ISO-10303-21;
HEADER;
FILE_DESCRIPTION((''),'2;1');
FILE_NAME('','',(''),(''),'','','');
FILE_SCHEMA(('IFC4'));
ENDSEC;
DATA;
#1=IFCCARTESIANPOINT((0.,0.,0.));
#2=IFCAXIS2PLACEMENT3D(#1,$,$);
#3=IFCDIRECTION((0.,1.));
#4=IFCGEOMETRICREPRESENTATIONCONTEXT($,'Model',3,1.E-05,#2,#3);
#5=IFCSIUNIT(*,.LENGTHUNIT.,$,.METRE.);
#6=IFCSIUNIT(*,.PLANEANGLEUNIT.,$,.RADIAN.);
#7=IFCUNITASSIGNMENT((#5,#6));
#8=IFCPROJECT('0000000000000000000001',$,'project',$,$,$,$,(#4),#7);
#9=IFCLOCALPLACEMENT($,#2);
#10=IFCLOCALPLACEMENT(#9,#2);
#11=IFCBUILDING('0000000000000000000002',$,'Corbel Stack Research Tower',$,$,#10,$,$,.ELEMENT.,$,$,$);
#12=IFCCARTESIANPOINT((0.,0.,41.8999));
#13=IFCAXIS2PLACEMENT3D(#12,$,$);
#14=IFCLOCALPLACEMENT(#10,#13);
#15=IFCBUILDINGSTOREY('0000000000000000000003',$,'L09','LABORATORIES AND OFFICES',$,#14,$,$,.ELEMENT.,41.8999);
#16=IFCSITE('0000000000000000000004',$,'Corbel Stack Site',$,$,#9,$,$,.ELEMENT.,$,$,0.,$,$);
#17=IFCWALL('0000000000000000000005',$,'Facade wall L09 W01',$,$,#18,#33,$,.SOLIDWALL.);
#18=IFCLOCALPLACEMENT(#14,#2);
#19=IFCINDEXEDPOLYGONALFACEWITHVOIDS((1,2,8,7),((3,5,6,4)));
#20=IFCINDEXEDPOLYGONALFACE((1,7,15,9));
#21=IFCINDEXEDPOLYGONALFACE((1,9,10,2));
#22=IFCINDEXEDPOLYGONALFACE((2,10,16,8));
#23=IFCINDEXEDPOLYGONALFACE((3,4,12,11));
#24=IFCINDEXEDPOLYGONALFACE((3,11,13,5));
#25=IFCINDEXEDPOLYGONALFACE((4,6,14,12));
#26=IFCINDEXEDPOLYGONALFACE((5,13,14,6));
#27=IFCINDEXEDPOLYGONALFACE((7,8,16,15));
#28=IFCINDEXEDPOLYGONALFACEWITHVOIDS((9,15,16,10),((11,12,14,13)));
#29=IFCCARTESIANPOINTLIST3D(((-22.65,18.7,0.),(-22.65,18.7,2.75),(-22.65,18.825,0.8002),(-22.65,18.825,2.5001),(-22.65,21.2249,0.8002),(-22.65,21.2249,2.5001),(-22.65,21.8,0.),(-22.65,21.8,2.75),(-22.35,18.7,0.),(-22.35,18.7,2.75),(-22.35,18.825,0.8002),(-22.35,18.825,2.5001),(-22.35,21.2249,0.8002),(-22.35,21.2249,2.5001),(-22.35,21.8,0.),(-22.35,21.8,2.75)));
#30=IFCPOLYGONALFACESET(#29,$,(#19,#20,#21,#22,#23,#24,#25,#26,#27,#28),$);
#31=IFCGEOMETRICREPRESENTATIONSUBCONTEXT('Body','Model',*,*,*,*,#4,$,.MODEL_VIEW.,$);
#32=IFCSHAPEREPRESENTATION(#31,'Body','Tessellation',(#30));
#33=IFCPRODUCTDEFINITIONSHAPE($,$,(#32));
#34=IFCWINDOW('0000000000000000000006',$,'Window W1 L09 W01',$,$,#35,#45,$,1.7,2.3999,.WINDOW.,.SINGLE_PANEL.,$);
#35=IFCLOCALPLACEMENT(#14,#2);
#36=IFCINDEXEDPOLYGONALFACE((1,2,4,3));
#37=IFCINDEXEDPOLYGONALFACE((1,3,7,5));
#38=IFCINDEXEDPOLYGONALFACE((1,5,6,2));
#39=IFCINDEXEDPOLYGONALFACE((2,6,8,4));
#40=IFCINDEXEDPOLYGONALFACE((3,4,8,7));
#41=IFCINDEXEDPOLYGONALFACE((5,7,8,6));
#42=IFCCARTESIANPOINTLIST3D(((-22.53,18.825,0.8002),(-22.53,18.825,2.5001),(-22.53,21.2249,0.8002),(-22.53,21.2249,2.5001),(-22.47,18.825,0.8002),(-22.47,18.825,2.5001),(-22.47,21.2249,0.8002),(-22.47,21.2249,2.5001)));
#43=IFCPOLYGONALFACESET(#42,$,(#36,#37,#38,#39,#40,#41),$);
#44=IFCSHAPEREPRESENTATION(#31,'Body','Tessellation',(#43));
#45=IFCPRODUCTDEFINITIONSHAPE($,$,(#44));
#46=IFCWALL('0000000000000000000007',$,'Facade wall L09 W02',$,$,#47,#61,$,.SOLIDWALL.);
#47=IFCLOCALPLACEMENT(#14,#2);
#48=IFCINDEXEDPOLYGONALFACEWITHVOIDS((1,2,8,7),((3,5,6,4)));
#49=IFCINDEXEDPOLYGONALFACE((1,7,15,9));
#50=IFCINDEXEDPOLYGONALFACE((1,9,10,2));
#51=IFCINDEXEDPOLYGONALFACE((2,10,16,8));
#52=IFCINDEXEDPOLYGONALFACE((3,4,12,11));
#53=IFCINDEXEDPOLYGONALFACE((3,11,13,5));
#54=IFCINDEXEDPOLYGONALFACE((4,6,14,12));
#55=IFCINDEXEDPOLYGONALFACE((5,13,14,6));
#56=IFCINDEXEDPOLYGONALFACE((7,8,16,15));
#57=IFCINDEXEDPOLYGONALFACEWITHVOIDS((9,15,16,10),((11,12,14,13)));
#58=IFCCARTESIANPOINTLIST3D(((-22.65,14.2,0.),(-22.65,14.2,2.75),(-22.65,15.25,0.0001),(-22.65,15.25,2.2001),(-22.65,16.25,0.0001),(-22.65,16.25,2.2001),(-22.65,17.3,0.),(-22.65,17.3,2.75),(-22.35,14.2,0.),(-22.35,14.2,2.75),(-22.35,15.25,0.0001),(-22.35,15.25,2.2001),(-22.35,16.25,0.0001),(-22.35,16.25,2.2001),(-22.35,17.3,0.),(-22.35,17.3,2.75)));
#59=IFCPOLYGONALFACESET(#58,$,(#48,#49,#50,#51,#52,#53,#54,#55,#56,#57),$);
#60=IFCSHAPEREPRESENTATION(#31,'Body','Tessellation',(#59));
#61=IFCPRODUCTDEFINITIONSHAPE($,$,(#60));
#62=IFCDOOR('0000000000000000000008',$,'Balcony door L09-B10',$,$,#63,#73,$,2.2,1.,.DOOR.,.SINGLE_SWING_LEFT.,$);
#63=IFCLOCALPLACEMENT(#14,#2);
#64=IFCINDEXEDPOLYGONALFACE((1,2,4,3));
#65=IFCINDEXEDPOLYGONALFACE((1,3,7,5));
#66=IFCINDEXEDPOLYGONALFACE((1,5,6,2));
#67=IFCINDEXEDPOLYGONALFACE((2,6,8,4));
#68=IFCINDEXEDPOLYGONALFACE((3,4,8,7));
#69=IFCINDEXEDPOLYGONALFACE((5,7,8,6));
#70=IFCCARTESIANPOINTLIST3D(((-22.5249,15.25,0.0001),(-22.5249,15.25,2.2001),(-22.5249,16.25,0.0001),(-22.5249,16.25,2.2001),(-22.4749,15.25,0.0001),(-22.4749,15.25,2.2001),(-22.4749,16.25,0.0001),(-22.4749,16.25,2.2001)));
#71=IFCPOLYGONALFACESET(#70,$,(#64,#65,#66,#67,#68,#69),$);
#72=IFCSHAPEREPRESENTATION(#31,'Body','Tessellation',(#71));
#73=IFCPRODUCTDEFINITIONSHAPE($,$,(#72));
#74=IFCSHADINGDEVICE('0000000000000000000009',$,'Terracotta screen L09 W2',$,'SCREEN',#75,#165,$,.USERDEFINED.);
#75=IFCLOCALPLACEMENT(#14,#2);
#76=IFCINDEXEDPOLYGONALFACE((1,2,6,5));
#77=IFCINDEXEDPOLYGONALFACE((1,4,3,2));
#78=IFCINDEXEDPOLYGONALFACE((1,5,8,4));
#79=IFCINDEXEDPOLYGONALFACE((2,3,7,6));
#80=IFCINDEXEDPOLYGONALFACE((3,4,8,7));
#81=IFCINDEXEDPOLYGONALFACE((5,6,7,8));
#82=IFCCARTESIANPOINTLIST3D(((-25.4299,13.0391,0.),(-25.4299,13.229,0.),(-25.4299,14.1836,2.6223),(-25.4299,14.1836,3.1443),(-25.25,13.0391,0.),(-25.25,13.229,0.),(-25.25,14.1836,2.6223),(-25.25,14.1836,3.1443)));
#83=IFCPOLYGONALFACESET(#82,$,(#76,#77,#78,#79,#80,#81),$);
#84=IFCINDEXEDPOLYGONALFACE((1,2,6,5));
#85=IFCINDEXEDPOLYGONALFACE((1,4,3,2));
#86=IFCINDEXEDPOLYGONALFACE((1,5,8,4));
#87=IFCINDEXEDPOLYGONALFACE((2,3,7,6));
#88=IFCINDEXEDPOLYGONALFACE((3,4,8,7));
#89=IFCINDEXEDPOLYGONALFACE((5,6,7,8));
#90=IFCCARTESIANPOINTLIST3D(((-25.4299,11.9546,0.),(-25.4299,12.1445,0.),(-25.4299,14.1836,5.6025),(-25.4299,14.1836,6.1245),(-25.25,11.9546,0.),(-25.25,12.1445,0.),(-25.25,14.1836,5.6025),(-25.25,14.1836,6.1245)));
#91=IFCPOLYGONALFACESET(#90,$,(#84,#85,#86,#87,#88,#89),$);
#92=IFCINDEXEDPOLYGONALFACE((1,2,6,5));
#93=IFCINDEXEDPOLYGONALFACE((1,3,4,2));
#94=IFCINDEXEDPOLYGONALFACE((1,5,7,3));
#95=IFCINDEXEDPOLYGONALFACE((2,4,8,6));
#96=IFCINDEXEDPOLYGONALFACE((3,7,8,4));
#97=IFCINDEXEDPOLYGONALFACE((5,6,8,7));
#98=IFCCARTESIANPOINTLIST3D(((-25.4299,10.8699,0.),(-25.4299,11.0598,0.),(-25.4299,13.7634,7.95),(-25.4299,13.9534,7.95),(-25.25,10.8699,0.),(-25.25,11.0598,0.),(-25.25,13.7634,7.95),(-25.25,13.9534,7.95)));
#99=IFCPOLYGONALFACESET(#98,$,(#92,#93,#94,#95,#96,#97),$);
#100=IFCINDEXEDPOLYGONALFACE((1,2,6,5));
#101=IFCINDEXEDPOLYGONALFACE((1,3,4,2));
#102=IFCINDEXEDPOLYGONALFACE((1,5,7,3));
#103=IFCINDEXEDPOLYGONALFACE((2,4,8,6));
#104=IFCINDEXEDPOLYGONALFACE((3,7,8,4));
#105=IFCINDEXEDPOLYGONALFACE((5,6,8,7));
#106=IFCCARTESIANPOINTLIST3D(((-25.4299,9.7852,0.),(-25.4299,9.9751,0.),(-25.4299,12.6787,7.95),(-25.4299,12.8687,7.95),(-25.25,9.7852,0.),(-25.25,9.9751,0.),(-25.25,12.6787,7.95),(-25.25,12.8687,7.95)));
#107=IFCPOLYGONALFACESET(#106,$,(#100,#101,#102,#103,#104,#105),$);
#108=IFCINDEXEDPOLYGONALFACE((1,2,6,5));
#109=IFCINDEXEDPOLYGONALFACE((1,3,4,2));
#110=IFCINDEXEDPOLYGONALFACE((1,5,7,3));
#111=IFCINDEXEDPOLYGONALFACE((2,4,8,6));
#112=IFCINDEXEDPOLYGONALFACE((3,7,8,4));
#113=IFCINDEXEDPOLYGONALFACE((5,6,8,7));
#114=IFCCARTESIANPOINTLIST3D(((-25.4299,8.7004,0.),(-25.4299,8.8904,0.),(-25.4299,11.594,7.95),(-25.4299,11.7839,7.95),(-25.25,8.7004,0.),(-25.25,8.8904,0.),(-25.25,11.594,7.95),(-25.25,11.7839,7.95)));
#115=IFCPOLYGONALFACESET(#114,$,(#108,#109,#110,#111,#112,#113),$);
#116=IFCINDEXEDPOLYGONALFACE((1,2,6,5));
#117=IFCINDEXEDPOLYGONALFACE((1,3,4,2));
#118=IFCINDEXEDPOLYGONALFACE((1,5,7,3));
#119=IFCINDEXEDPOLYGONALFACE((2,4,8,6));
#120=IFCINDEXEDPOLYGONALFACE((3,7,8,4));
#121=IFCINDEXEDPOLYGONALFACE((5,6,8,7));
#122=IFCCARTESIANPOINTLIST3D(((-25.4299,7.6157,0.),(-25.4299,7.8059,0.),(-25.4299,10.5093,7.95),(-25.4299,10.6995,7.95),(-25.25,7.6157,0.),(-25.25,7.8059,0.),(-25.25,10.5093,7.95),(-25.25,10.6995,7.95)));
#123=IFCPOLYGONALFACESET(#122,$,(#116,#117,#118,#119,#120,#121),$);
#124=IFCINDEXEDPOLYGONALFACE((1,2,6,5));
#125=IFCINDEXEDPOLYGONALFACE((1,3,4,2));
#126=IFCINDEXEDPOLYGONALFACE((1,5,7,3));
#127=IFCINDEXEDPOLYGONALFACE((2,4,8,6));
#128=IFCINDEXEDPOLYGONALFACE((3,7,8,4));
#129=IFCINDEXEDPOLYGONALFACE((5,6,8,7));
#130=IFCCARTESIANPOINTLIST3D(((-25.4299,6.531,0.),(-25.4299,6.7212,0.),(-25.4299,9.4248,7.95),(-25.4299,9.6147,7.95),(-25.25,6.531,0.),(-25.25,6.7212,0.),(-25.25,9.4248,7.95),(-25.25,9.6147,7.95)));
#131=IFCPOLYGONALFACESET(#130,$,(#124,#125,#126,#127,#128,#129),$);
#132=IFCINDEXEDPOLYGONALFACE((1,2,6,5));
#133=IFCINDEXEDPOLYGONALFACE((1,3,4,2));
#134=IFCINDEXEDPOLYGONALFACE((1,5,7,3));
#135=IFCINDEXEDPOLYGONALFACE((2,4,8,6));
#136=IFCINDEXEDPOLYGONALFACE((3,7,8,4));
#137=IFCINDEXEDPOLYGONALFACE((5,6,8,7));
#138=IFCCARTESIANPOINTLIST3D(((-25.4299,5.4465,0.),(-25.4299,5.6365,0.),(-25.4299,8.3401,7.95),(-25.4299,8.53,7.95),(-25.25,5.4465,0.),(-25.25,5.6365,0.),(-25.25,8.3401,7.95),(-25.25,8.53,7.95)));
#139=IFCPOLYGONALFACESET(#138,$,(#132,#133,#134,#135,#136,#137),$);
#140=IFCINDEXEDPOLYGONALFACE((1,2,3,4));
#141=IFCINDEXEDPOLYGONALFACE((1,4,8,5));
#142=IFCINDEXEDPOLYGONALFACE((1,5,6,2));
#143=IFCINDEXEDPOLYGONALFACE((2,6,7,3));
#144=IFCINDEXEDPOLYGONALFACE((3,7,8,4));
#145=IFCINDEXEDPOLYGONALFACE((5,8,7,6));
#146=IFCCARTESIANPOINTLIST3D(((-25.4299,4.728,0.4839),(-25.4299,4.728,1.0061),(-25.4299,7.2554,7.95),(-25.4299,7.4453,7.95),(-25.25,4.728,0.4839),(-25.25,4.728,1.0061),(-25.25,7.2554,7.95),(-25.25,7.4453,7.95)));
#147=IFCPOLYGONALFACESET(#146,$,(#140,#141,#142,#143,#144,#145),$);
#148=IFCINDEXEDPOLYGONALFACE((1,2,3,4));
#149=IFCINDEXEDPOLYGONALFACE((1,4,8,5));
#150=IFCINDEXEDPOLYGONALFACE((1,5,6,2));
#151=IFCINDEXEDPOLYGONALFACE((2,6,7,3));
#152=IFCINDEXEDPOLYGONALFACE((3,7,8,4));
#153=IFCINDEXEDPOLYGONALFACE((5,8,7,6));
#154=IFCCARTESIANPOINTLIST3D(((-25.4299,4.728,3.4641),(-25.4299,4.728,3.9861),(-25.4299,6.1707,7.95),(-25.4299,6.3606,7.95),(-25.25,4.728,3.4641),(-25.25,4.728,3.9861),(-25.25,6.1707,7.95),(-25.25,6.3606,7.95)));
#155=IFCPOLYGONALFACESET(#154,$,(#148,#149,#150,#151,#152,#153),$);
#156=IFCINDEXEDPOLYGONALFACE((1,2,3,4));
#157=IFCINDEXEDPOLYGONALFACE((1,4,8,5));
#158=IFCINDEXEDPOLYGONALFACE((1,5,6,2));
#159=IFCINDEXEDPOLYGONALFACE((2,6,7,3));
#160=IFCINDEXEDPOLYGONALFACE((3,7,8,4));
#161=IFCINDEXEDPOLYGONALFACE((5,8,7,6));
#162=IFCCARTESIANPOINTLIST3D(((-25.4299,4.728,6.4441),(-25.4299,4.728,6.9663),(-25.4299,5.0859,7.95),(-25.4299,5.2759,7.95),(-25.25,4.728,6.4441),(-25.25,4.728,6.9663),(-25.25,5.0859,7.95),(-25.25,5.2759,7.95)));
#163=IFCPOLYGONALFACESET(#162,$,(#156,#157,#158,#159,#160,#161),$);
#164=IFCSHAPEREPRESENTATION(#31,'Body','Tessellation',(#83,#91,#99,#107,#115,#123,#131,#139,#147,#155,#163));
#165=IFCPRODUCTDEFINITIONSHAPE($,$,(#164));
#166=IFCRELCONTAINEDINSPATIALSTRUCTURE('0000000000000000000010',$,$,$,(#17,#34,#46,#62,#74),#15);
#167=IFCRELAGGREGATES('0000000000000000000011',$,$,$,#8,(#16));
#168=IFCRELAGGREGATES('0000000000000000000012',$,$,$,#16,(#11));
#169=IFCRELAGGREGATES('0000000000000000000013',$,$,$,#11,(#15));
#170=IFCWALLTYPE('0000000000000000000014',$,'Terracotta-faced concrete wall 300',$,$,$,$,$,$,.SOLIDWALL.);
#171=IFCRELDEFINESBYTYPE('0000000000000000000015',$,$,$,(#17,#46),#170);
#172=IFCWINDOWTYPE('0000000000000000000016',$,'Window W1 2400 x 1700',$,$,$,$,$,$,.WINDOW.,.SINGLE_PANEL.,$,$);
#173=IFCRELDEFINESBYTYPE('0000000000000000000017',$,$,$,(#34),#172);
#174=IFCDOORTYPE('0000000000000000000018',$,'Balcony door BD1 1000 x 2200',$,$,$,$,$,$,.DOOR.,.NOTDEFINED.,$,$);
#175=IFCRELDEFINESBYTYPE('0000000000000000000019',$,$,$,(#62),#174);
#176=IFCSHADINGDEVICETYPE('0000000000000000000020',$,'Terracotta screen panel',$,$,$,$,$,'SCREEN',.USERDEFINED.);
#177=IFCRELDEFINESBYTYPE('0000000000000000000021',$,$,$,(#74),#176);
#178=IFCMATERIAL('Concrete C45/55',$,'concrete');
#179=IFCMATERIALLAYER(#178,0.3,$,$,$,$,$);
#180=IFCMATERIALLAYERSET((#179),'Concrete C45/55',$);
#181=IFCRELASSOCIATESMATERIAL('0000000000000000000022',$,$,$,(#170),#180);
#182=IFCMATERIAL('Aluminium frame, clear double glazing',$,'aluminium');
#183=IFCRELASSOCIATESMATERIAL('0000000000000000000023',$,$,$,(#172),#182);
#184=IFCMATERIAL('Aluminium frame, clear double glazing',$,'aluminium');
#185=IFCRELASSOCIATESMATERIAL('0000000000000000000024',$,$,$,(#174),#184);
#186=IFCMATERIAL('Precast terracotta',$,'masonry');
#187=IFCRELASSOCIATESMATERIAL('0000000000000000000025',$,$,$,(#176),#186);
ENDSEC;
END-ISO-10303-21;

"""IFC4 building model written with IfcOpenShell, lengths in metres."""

from ifc_helpers import new_model, si_unit, direction, frame, frame_2d, origin, place, context, subcontext, project, spatial, polyline, rectangle, outline, extrude, source, transform, mapped, material, layer, layer_set, type_object, element, fill, save


model = new_model("IFC4")

# Units and contexts
model_context = context("Model", 3, precision=1e-05, world=origin(), true_north=direction((0.0, 1.0)))
body_context = subcontext(model_context, "Body", "Model", "MODEL_VIEW")
ifc_project = project(units=[si_unit("LENGTHUNIT", "METRE"), si_unit("PLANEANGLEUNIT", "RADIAN")], contexts=[model_context])

# Site, building, storey
site_placement = place(None, origin())
site = spatial("IfcSite", under=ifc_project, at=site_placement, Name="Corbel Stack Site", CompositionType="ELEMENT", RefElevation=0.0)
building_placement = place(site_placement, origin())
building = spatial("IfcBuilding", under=site, at=building_placement, Name="Corbel Stack Research Tower", CompositionType="ELEMENT")
storey_placement = place(building_placement, frame((0.0, 0.0, 41.8999)))
storey = spatial("IfcBuildingStorey", under=building, at=storey_placement, Name="L09", Description="LABORATORIES AND OFFICES", CompositionType="ELEMENT", Elevation=41.8999)

# Wall, opening, window
ifc_material_1 = material(Name="Concrete C45/55", Category="concrete")
ifc_layer_1 = layer(ifc_material_1, 0.3)
ifc_layer_set_1 = layer_set([ifc_layer_1], Name="Concrete C45/55")
wall_type_1 = type_object("IfcWallType", Name="Terracotta-faced concrete wall 300", PredefinedType="SOLIDWALL", material=ifc_layer_set_1)
wall_1_placement = place(storey_placement, frame((-22.5, 18.7, 0.0), z_axis=(0.0, 0.0, 1.0), x_axis=(0.0, 1.0, 0.0)))
wall_1 = element("IfcWall", 1, at=wall_1_placement, inside=storey, type_object=wall_type_1, Name="Facade wall L09 W01", PredefinedType="SOLIDWALL", context=body_context, shape_type="SweptSolid", body=[
    extrude(rectangle(XDim=3.1001, YDim=0.3, at=frame_2d((1.55, 0.0))), origin(), (0.0, 0.0, 1.0), 2.75),
])
opening_1_placement = place(wall_1_placement, frame((0.125, 0.0, 0.8)))
opening_1 = element("IfcOpeningElement", 2, at=opening_1_placement, cuts=wall_1, PredefinedType="OPENING", context=body_context, shape_type="SweptSolid", body=[
    extrude(rectangle(XDim=2.3999, YDim=1.7, at=frame_2d((1.2, 0.8501))), frame((0.0, 0.1599, 0.0), z_axis=(0.0, -1.0, 0.0), x_axis=(1.0, 0.0, 0.0)), (0.0, 0.0, 1.0), 0.3201),
])
ifc_material_2 = material(Name="Aluminium frame, clear double glazing", Category="aluminium")
window_type = type_object("IfcWindowType", Name="Window W1 2400 x 1700", PartitioningType="SINGLE_PANEL", PredefinedType="WINDOW", material=ifc_material_2)
window_placement = place(opening_1_placement, origin())
window = element("IfcWindow", 3, at=window_placement, inside=storey, type_object=window_type, Name="Window W1 L09 W01", OverallHeight=1.7, OverallWidth=2.3999, PartitioningType="SINGLE_PANEL", PredefinedType="WINDOW", context=body_context, shape_type="SweptSolid", body=[
    extrude(rectangle(XDim=2.3999, YDim=1.7, at=frame_2d((1.2, 0.8501))), frame((0.0, 0.03, 0.0), z_axis=(0.0, -1.0, 0.0), x_axis=(1.0, 0.0, 0.0)), (0.0, 0.0, 1.0), 0.0601),
])
fill(opening_1, window)

# Wall, opening, door
wall_2_placement = place(storey_placement, frame((-22.5, 14.2, 0.0), z_axis=(0.0, 0.0, 1.0), x_axis=(0.0, 1.0, 0.0)))
wall_2 = element("IfcWall", 4, at=wall_2_placement, inside=storey, type_object=wall_type_1, Name="Facade wall L09 W02", PredefinedType="SOLIDWALL", context=body_context, shape_type="SweptSolid", body=[
    extrude(rectangle(XDim=3.1001, YDim=0.3, at=frame_2d((1.55, 0.0))), origin(), (0.0, 0.0, 1.0), 2.75),
])
opening_2_placement = place(wall_2_placement, frame((1.05, 0.0, 0.0)))
opening_2 = element("IfcOpeningElement", 5, at=opening_2_placement, cuts=wall_2, PredefinedType="OPENING", context=body_context, shape_type="SweptSolid", body=[
    extrude(rectangle(XDim=1.0, YDim=2.2, at=frame_2d((0.5, 1.1001))), frame((0.0, 0.1599, 0.0), z_axis=(0.0, -1.0, 0.0), x_axis=(1.0, 0.0, 0.0)), (0.0, 0.0, 1.0), 0.3201),
])
ifc_material_3 = material(Name="Aluminium frame, clear double glazing", Category="aluminium")
door_type_1 = type_object("IfcDoorType", Name="Balcony door BD1 1000 x 2200", OperationType="NOTDEFINED", PredefinedType="DOOR", material=ifc_material_3)
door_1_placement = place(opening_2_placement, origin())
door_1 = element("IfcDoor", 6, at=door_1_placement, inside=storey, type_object=door_type_1, Name="Balcony door L09-B10", OperationType="SINGLE_SWING_LEFT", OverallHeight=2.2, OverallWidth=1.0, PredefinedType="DOOR", context=body_context, shape_type="SweptSolid", body=[
    extrude(rectangle(XDim=1.0, YDim=2.2, at=frame_2d((0.5, 1.1001))), frame((0.0, 0.0249, 0.0), z_axis=(0.0, -1.0, 0.0), x_axis=(1.0, 0.0, 0.0)), (0.0, 0.0, 1.0), 0.05),
])
fill(opening_2, door_1)

# Shading device
ifc_material_4 = material(Name="Precast terracotta", Category="masonry")
shading_device_type = type_object("IfcShadingDeviceType", Name="Terracotta screen panel", ElementType="SCREEN", PredefinedType="USERDEFINED", material=ifc_material_4)
shared_shape = source(origin(), body_context, "Body", "SweptSolid", [
    extrude(outline(polyline([(1.1445, 0.0), (0.0, 3.1443), (0.0, 2.6223), (0.9546, 0.0), (1.1445, 0.0)])), frame((0.0, 0.0, 0.0), z_axis=(0.0, -1.0, 0.0), x_axis=(1.0, 0.0, 0.0)), (0.0, 0.0, 1.0), 0.1799),
    extrude(outline(polyline([(2.229, 0.0), (0.0, 6.1245), (0.0, 5.6025), (2.0391, 0.0), (2.229, 0.0)])), frame((0.0, 0.0, 0.0), z_axis=(0.0, -1.0, 0.0), x_axis=(1.0, 0.0, 0.0)), (0.0, 0.0, 1.0), 0.1799),
    extrude(outline(polyline([(3.3137, 0.0), (0.4202, 7.95), (0.2302, 7.95), (3.1238, 0.0), (3.3137, 0.0)])), frame((0.0, 0.0, 0.0), z_axis=(0.0, -1.0, 0.0), x_axis=(1.0, 0.0, 0.0)), (0.0, 0.0, 1.0), 0.1799),
    extrude(outline(polyline([(4.3984, 0.0), (1.5049, 7.95), (1.3149, 7.95), (4.2085, 0.0), (4.3984, 0.0)])), frame((0.0, 0.0, 0.0), z_axis=(0.0, -1.0, 0.0), x_axis=(1.0, 0.0, 0.0)), (0.0, 0.0, 1.0), 0.1799),
    extrude(outline(polyline([(5.4832, 0.0), (2.5896, 7.95), (2.3997, 7.95), (5.2932, 0.0), (5.4832, 0.0)])), frame((0.0, 0.0, 0.0), z_axis=(0.0, -1.0, 0.0), x_axis=(1.0, 0.0, 0.0)), (0.0, 0.0, 1.0), 0.1799),
    extrude(outline(polyline([(6.5679, 0.0), (3.6743, 7.95), (3.4841, 7.95), (6.3777, 0.0), (6.5679, 0.0)])), frame((0.0, 0.0, 0.0), z_axis=(0.0, -1.0, 0.0), x_axis=(1.0, 0.0, 0.0)), (0.0, 0.0, 1.0), 0.1799),
    extrude(outline(polyline([(7.6526, 0.0), (4.7588, 7.95), (4.5688, 7.95), (7.4624, 0.0), (7.6526, 0.0)])), frame((0.0, 0.0, 0.0), z_axis=(0.0, -1.0, 0.0), x_axis=(1.0, 0.0, 0.0)), (0.0, 0.0, 1.0), 0.1799),
    extrude(outline(polyline([(8.7371, 0.0), (5.8435, 7.95), (5.6536, 7.95), (8.5471, 0.0), (8.7371, 0.0)])), frame((0.0, 0.0, 0.0), z_axis=(0.0, -1.0, 0.0), x_axis=(1.0, 0.0, 0.0)), (0.0, 0.0, 1.0), 0.1799),
    extrude(outline(polyline([(6.9282, 7.95), (6.7383, 7.95), (9.4556, 0.4839), (9.4556, 1.0061), (6.9282, 7.95)])), frame((0.0, 0.0, 0.0), z_axis=(0.0, -1.0, 0.0), x_axis=(1.0, 0.0, 0.0)), (0.0, 0.0, 1.0), 0.1799),
    extrude(outline(polyline([(8.0129, 7.95), (7.823, 7.95), (9.4556, 3.4641), (9.4556, 3.9861), (8.0129, 7.95)])), frame((0.0, 0.0, 0.0), z_axis=(0.0, -1.0, 0.0), x_axis=(1.0, 0.0, 0.0)), (0.0, 0.0, 1.0), 0.1799),
    extrude(outline(polyline([(9.0977, 7.95), (8.9077, 7.95), (9.4556, 6.4441), (9.4556, 6.9663), (9.0977, 7.95)])), frame((0.0, 0.0, 0.0), z_axis=(0.0, -1.0, 0.0), x_axis=(1.0, 0.0, 0.0)), (0.0, 0.0, 1.0), 0.1799),
])
shading_device_placement = place(storey_placement, frame((-25.25, 14.1836, 0.0), z_axis=(0.0, 0.0, 1.0), x_axis=(0.0, -1.0, 0.0)))
element("IfcShadingDevice", 7, at=shading_device_placement, inside=storey, type_object=shading_device_type, Name="Terracotta screen L09 W2", ObjectType="SCREEN", PredefinedType="USERDEFINED", context=body_context, shape_type="MappedRepresentation", body=[
    mapped(shared_shape, transform((0.0, 0.0, 0.0))),
])

save(model, "model.ifc")
